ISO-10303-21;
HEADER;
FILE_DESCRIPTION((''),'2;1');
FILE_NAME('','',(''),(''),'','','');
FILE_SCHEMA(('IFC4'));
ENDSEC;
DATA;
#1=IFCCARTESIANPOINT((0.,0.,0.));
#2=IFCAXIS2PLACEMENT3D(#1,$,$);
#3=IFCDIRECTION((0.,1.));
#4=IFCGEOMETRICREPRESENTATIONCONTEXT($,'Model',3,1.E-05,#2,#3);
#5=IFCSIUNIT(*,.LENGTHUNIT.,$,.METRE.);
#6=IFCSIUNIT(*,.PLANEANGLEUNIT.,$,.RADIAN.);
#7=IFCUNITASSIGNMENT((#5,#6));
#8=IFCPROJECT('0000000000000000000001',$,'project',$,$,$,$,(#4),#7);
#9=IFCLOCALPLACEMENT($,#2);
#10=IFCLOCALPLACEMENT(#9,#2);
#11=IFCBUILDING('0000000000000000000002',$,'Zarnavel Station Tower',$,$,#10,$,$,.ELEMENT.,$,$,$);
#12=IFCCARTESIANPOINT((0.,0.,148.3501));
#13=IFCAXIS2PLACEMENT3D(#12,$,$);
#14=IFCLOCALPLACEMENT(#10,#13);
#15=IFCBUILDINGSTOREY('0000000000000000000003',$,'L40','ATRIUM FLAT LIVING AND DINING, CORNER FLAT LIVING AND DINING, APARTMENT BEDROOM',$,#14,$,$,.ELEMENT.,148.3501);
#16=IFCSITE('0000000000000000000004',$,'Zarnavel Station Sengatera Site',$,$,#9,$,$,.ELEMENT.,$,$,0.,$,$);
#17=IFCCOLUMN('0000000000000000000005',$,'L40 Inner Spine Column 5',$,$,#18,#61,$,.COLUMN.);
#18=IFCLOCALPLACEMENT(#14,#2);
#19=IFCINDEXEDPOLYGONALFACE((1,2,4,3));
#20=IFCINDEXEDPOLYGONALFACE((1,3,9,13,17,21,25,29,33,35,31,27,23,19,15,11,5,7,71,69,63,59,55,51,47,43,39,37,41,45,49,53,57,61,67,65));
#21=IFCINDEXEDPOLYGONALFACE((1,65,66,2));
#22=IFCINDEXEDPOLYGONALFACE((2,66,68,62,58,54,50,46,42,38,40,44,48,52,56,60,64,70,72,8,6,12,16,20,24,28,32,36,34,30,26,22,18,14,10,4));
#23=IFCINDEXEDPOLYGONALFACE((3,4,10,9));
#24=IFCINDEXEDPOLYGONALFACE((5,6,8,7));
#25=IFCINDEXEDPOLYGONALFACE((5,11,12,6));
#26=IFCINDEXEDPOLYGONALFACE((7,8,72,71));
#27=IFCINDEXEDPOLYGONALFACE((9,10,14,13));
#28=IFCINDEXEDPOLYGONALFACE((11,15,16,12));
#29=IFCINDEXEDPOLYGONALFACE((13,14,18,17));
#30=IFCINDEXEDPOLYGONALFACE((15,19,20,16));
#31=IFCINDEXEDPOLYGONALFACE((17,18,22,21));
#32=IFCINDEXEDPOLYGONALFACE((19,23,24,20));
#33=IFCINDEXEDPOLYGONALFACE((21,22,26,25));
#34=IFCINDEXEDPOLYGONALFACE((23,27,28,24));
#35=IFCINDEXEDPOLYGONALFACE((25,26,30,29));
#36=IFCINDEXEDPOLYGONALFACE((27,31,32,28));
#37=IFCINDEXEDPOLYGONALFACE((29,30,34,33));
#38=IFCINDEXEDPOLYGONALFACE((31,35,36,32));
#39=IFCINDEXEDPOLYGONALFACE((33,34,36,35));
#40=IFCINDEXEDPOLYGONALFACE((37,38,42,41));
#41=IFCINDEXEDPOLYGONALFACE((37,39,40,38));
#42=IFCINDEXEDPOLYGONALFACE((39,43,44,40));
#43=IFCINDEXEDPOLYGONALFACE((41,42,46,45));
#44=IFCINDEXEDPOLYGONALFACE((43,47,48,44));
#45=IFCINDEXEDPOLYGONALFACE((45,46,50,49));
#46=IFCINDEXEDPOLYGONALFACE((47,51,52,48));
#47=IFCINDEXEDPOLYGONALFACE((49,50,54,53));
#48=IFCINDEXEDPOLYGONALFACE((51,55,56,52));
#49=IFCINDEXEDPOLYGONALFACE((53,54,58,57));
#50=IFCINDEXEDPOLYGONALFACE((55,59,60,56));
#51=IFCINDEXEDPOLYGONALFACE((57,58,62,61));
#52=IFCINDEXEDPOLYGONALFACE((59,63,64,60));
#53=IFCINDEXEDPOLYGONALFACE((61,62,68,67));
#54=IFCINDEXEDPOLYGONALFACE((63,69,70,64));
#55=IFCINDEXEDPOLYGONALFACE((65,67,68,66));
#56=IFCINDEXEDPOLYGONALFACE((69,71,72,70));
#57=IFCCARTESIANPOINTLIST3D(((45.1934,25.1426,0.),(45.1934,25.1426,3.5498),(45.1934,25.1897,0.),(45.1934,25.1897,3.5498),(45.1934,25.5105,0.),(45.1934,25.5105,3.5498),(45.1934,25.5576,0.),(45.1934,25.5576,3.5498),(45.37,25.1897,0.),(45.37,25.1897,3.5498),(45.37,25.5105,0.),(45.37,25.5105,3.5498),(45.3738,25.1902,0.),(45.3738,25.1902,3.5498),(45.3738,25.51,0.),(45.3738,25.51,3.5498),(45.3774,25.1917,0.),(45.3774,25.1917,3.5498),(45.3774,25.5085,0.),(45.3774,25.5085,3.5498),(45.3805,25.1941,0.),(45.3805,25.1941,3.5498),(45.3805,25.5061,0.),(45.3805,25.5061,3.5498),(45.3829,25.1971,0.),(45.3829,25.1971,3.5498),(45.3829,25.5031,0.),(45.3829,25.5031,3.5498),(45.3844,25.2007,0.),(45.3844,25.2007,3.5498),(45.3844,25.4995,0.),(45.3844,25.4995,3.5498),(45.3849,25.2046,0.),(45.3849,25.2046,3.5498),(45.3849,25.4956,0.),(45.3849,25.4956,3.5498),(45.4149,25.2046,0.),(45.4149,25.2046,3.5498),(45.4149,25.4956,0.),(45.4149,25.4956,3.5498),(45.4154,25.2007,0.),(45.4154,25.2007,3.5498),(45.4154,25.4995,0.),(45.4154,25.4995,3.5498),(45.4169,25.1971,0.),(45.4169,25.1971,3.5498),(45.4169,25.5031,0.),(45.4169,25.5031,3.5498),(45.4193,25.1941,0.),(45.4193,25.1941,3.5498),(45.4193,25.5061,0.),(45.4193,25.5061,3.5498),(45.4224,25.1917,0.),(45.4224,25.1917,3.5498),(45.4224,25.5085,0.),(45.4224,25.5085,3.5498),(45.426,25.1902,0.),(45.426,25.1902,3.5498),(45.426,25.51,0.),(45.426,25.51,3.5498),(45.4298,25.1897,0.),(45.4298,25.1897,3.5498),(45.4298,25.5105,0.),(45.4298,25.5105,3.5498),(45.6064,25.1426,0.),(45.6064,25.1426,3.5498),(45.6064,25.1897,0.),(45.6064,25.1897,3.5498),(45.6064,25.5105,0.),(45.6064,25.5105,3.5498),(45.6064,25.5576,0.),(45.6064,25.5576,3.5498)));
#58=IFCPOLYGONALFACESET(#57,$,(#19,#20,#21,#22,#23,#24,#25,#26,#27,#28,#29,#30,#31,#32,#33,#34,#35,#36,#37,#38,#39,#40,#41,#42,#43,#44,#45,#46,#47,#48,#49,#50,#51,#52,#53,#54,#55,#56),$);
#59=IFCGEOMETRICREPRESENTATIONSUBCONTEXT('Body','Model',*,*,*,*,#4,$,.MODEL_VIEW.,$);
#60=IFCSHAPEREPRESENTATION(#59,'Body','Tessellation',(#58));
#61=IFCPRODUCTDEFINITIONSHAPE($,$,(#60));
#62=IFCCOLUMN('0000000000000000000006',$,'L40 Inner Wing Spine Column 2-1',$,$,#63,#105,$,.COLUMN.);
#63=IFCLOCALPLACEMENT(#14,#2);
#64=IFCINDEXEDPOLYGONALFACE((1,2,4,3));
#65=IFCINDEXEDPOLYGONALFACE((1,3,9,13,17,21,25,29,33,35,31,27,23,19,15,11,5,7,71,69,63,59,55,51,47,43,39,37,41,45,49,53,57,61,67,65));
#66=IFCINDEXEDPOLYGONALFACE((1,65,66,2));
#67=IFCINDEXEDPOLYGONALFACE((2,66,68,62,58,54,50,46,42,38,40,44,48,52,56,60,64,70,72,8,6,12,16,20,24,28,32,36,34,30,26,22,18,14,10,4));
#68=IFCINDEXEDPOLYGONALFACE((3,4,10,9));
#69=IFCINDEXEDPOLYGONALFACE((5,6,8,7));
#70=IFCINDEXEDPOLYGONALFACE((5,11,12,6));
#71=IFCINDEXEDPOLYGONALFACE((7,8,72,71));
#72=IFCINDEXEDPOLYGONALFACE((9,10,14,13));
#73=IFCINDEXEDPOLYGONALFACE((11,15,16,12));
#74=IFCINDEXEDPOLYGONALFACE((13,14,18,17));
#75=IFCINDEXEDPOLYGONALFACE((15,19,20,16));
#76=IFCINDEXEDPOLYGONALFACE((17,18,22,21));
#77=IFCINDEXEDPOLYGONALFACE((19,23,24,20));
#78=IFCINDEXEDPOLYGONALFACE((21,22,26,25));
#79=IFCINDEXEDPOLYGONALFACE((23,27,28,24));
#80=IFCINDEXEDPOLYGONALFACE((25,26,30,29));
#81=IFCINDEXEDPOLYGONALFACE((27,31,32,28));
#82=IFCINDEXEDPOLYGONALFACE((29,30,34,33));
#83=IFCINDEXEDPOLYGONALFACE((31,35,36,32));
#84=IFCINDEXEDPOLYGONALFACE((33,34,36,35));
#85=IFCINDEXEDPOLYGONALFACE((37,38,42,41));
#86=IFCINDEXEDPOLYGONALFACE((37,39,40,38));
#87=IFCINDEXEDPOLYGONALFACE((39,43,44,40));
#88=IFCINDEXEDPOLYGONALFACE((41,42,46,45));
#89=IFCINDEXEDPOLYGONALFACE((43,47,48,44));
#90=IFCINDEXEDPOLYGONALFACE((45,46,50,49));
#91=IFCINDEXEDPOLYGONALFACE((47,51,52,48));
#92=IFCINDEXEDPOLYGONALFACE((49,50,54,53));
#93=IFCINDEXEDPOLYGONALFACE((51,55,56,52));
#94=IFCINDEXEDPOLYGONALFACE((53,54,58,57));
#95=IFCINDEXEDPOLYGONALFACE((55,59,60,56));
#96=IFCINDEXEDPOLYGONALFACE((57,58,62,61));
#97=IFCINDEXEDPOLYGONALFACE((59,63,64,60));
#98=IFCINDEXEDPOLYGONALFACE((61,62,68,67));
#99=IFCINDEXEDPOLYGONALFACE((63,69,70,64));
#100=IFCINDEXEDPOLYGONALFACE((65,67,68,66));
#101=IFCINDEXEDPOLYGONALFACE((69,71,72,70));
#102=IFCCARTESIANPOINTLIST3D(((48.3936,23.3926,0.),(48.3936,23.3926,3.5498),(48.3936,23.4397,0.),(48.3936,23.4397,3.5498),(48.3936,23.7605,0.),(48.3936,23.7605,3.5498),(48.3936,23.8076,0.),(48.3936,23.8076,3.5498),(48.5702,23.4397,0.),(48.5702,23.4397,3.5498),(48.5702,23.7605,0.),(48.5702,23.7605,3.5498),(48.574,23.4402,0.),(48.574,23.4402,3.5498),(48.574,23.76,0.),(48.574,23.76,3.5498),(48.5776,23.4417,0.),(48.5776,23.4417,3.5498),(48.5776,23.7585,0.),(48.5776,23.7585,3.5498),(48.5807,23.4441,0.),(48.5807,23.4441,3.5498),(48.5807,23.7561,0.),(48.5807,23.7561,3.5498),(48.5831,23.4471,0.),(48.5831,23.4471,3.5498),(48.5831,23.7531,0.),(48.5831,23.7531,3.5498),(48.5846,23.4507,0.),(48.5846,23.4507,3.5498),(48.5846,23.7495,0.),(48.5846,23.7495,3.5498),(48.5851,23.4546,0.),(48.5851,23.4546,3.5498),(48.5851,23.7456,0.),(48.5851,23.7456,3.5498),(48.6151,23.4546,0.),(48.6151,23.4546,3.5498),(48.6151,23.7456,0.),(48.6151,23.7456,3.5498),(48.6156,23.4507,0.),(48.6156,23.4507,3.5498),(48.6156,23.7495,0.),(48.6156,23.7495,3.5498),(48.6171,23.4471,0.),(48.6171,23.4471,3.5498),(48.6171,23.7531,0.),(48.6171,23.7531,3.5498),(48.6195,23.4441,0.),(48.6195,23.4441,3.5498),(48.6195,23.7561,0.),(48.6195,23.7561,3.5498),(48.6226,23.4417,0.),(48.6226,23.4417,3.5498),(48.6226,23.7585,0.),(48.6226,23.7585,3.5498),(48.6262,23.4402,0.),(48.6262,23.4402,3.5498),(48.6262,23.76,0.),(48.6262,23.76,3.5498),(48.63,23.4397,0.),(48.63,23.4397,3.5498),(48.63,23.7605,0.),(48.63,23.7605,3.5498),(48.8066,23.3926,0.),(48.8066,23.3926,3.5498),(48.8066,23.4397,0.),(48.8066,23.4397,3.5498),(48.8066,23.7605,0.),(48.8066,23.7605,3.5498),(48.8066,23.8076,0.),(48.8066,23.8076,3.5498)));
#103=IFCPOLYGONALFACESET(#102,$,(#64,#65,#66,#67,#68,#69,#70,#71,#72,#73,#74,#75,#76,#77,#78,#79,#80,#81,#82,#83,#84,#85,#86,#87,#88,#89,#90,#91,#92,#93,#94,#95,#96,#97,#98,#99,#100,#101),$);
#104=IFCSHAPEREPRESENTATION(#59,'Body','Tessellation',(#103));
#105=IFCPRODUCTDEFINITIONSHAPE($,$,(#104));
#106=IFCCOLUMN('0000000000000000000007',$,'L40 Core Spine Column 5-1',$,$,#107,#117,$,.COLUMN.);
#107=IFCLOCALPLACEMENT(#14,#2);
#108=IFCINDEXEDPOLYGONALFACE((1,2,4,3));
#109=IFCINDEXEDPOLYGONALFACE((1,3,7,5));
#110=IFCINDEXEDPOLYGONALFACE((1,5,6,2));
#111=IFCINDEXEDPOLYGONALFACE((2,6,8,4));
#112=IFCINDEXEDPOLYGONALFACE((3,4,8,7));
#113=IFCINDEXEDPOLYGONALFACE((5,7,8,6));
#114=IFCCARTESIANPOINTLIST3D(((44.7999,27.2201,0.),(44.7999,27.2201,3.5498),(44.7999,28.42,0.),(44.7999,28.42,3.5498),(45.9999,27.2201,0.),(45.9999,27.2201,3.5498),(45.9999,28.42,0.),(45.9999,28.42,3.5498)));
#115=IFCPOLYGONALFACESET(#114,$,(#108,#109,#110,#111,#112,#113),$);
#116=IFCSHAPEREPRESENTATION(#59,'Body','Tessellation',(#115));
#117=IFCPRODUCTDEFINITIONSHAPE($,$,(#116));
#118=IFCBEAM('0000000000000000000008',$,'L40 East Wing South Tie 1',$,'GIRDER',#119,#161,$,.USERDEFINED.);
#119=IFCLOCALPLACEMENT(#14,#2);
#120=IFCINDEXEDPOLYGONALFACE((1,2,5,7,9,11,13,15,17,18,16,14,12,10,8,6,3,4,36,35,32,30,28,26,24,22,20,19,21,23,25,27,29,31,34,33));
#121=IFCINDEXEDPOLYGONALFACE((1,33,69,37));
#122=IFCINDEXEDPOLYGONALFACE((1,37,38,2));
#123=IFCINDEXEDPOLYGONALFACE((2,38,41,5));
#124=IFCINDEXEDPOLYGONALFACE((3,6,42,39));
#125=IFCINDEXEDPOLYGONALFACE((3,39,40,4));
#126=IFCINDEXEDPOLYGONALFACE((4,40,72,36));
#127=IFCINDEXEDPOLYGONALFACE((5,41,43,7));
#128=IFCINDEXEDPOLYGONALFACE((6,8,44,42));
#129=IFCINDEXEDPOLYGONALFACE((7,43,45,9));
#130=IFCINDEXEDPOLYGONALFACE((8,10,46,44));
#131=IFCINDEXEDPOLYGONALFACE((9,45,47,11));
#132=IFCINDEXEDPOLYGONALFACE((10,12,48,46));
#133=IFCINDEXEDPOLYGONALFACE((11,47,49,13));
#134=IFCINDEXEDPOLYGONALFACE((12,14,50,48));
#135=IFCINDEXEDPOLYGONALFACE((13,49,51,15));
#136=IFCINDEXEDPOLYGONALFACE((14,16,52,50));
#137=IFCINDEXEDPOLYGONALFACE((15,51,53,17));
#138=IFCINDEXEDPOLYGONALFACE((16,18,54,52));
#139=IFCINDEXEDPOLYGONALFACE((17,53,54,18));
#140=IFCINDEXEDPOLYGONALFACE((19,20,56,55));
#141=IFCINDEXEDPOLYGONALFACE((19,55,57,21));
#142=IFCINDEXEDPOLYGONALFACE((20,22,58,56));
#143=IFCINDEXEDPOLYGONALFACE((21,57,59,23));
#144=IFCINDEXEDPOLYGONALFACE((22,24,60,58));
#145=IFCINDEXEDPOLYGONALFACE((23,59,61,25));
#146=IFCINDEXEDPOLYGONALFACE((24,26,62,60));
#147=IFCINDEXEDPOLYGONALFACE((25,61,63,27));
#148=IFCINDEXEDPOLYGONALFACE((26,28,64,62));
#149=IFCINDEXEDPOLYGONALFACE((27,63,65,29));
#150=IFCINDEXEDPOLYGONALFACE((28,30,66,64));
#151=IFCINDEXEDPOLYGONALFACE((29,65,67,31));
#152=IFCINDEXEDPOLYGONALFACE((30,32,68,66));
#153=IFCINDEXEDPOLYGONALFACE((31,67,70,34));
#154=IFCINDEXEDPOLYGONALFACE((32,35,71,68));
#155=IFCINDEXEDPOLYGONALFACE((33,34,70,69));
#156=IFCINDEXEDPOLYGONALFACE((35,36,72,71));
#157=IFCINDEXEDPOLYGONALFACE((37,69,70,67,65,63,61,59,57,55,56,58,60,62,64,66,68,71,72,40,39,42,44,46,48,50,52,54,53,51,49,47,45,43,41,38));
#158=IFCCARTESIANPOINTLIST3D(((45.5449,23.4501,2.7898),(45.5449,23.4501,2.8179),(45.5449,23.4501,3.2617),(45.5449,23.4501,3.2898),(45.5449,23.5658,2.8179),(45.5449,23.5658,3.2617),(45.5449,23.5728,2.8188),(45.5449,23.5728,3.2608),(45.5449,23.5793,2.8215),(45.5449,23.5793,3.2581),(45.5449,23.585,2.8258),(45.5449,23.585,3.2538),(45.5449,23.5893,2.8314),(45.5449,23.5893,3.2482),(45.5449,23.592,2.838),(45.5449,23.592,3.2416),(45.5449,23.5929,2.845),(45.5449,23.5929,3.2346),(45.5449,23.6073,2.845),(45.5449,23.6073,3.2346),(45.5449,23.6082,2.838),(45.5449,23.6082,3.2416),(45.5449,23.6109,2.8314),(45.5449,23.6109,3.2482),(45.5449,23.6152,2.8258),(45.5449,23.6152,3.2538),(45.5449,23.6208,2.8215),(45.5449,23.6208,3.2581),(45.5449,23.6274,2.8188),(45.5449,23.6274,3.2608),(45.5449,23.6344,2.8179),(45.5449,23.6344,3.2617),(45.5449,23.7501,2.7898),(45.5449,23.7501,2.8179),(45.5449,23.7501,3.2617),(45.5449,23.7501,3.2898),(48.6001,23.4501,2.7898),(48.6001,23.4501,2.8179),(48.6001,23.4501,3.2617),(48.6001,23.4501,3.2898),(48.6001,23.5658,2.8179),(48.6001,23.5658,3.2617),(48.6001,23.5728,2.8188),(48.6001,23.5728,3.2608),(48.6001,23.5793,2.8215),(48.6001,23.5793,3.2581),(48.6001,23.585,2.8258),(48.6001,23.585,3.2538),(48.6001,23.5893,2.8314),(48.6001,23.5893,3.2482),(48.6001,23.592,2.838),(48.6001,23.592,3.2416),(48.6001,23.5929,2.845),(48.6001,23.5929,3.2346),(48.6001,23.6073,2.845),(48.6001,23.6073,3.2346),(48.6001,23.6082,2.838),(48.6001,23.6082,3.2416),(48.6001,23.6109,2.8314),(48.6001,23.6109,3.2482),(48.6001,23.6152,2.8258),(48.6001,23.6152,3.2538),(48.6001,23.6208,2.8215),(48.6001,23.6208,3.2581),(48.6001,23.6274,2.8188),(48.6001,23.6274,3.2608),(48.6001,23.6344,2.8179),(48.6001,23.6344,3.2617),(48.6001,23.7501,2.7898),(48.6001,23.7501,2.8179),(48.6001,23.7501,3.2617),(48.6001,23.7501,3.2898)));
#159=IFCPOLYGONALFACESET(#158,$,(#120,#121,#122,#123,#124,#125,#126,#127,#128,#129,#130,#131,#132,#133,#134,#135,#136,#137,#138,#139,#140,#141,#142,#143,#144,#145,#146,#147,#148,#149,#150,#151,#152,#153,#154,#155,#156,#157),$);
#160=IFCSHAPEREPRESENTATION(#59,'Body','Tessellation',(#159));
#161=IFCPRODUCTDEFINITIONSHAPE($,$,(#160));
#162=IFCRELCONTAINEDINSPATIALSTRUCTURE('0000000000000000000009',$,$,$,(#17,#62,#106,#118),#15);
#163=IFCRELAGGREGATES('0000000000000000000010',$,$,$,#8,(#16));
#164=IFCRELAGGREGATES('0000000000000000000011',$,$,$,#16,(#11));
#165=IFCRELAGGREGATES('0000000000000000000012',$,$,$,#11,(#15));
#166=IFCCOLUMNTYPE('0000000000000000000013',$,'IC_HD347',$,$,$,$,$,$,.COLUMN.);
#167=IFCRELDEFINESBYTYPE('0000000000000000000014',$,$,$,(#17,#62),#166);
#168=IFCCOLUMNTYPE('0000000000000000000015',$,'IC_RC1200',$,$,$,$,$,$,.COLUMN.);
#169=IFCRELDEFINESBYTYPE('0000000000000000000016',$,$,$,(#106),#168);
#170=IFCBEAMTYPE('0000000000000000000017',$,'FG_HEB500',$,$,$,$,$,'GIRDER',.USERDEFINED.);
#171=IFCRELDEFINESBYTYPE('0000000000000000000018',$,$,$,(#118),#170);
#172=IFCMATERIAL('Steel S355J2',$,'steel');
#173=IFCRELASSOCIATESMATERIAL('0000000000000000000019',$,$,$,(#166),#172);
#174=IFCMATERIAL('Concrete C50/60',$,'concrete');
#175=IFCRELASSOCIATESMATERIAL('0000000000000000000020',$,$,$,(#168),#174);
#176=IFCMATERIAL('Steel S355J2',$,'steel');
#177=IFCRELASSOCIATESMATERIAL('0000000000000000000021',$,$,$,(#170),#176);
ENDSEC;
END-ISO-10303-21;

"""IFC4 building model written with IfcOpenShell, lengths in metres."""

from ifc_helpers import new_model, si_unit, direction, frame, origin, origin_2d, place, context, subcontext, project, spatial, rectangle, i_section, extrude, material, material_profile, profile_set, type_object, element, save


model = new_model("IFC4")

# Units and contexts
model_context = context("Model", 3, precision=1e-05, world=origin(), true_north=direction((0.0, 1.0)))
body_context = subcontext(model_context, "Body", "Model", "MODEL_VIEW")
ifc_project = project(units=[si_unit("LENGTHUNIT", "METRE"), si_unit("PLANEANGLEUNIT", "RADIAN")], contexts=[model_context])

# Site, building, storey
site_placement = place(None, origin())
site = spatial("IfcSite", under=ifc_project, at=site_placement, Name="Zarnavel Station Sengatera Site", CompositionType="ELEMENT", RefElevation=0.0)
building_placement = place(site_placement, origin())
building = spatial("IfcBuilding", under=site, at=building_placement, Name="Zarnavel Station Tower", CompositionType="ELEMENT")
storey_placement = place(building_placement, frame((0.0, 0.0, 148.3501)))
storey = spatial("IfcBuildingStorey", under=building, at=storey_placement, Name="L40", Description="ATRIUM FLAT LIVING AND DINING, CORNER FLAT LIVING AND DINING, APARTMENT BEDROOM", CompositionType="ELEMENT", Elevation=148.3501)

# Columns
ifc_material_1 = material(Name="Steel S355J2", Category="steel")
ifc_material_profile_1 = material_profile(ifc_material_1, i_section(OverallWidth=0.4131, OverallDepth=0.415, WebThickness=0.03, FlangeThickness=0.0471, FilletRadius=0.0149, at=origin_2d()), Name="HD400x347")
ifc_profile_set_1 = profile_set([ifc_material_profile_1], Name="Steel S355J2")
column_type_1 = type_object("IfcColumnType", Name="IC_HD347", PredefinedType="COLUMN", material=ifc_profile_set_1)
for number, where, z_axis, x_axis, name in (
    (1, (45.3999, 25.3501, 0.0), (0.0, 0.0, 1.0), (1.0, 0.0, 0.0), "L40 Inner Spine Column 5"),
    (2, (48.6001, 23.6001, 0.0), (0.0, 0.0, 1.0), (1.0, 0.0, 0.0), "L40 Inner Wing Spine Column 2-1"),
):
    element("IfcColumn", number, at=place(storey_placement, frame(where, z_axis=z_axis, x_axis=x_axis)), inside=storey, type_object=column_type_1, Name=name, PredefinedType="COLUMN", context=body_context, shape_type="SweptSolid", body=[
        extrude(i_section(OverallWidth=0.4131, OverallDepth=0.415, WebThickness=0.03, FlangeThickness=0.0471, FilletRadius=0.0149, at=origin_2d()), origin(), (0.0, 0.0, 1.0), 3.5498),
    ])
ifc_material_2 = material(Name="Concrete C50/60", Category="concrete")
ifc_material_profile_2 = material_profile(ifc_material_2, rectangle(XDim=1.2, YDim=1.2, at=origin_2d()), Name="RC1200x1200")
ifc_profile_set_2 = profile_set([ifc_material_profile_2], Name="Concrete C50/60")
column_type_2 = type_object("IfcColumnType", Name="IC_RC1200", PredefinedType="COLUMN", material=ifc_profile_set_2)
column_placement = place(storey_placement, frame((45.3999, 27.8201, 0.0), z_axis=(0.0, 0.0, 1.0), x_axis=(1.0, 0.0, 0.0)))
element("IfcColumn", 3, at=column_placement, inside=storey, type_object=column_type_2, Name="L40 Core Spine Column 5-1", PredefinedType="COLUMN", context=body_context, shape_type="SweptSolid", body=[
    extrude(rectangle(XDim=1.2, YDim=1.2, at=origin_2d()), origin(), (0.0, 0.0, 1.0), 3.5498),
])

# Beam
ifc_material_3 = material(Name="Steel S355J2", Category="steel")
ifc_material_profile_3 = material_profile(ifc_material_3, i_section(OverallWidth=0.3, OverallDepth=0.5, WebThickness=0.0144, FlangeThickness=0.0281, FilletRadius=0.0271, at=origin_2d()), Name="HEB500")
ifc_profile_set_3 = profile_set([ifc_material_profile_3], Name="Steel S355J2")
beam_type_1 = type_object("IfcBeamType", Name="FG_HEB500", ElementType="GIRDER", PredefinedType="USERDEFINED", material=ifc_profile_set_3)
beam_1_placement = place(storey_placement, frame((45.5449, 23.6001, 3.0398), z_axis=(1.0, 0.0, 0.0), x_axis=(0.0, 1.0, 0.0)))
element("IfcBeam", 4, at=beam_1_placement, inside=storey, type_object=beam_type_1, Name="L40 East Wing South Tie 1", ObjectType="GIRDER", PredefinedType="USERDEFINED", context=body_context, shape_type="SweptSolid", body=[
    extrude(i_section(OverallWidth=0.3, OverallDepth=0.5, WebThickness=0.0144, FlangeThickness=0.0281, FilletRadius=0.0271, at=origin_2d()), origin(), (0.0, 0.0, 1.0), 3.0552),
])

save(model, "model.ifc")
